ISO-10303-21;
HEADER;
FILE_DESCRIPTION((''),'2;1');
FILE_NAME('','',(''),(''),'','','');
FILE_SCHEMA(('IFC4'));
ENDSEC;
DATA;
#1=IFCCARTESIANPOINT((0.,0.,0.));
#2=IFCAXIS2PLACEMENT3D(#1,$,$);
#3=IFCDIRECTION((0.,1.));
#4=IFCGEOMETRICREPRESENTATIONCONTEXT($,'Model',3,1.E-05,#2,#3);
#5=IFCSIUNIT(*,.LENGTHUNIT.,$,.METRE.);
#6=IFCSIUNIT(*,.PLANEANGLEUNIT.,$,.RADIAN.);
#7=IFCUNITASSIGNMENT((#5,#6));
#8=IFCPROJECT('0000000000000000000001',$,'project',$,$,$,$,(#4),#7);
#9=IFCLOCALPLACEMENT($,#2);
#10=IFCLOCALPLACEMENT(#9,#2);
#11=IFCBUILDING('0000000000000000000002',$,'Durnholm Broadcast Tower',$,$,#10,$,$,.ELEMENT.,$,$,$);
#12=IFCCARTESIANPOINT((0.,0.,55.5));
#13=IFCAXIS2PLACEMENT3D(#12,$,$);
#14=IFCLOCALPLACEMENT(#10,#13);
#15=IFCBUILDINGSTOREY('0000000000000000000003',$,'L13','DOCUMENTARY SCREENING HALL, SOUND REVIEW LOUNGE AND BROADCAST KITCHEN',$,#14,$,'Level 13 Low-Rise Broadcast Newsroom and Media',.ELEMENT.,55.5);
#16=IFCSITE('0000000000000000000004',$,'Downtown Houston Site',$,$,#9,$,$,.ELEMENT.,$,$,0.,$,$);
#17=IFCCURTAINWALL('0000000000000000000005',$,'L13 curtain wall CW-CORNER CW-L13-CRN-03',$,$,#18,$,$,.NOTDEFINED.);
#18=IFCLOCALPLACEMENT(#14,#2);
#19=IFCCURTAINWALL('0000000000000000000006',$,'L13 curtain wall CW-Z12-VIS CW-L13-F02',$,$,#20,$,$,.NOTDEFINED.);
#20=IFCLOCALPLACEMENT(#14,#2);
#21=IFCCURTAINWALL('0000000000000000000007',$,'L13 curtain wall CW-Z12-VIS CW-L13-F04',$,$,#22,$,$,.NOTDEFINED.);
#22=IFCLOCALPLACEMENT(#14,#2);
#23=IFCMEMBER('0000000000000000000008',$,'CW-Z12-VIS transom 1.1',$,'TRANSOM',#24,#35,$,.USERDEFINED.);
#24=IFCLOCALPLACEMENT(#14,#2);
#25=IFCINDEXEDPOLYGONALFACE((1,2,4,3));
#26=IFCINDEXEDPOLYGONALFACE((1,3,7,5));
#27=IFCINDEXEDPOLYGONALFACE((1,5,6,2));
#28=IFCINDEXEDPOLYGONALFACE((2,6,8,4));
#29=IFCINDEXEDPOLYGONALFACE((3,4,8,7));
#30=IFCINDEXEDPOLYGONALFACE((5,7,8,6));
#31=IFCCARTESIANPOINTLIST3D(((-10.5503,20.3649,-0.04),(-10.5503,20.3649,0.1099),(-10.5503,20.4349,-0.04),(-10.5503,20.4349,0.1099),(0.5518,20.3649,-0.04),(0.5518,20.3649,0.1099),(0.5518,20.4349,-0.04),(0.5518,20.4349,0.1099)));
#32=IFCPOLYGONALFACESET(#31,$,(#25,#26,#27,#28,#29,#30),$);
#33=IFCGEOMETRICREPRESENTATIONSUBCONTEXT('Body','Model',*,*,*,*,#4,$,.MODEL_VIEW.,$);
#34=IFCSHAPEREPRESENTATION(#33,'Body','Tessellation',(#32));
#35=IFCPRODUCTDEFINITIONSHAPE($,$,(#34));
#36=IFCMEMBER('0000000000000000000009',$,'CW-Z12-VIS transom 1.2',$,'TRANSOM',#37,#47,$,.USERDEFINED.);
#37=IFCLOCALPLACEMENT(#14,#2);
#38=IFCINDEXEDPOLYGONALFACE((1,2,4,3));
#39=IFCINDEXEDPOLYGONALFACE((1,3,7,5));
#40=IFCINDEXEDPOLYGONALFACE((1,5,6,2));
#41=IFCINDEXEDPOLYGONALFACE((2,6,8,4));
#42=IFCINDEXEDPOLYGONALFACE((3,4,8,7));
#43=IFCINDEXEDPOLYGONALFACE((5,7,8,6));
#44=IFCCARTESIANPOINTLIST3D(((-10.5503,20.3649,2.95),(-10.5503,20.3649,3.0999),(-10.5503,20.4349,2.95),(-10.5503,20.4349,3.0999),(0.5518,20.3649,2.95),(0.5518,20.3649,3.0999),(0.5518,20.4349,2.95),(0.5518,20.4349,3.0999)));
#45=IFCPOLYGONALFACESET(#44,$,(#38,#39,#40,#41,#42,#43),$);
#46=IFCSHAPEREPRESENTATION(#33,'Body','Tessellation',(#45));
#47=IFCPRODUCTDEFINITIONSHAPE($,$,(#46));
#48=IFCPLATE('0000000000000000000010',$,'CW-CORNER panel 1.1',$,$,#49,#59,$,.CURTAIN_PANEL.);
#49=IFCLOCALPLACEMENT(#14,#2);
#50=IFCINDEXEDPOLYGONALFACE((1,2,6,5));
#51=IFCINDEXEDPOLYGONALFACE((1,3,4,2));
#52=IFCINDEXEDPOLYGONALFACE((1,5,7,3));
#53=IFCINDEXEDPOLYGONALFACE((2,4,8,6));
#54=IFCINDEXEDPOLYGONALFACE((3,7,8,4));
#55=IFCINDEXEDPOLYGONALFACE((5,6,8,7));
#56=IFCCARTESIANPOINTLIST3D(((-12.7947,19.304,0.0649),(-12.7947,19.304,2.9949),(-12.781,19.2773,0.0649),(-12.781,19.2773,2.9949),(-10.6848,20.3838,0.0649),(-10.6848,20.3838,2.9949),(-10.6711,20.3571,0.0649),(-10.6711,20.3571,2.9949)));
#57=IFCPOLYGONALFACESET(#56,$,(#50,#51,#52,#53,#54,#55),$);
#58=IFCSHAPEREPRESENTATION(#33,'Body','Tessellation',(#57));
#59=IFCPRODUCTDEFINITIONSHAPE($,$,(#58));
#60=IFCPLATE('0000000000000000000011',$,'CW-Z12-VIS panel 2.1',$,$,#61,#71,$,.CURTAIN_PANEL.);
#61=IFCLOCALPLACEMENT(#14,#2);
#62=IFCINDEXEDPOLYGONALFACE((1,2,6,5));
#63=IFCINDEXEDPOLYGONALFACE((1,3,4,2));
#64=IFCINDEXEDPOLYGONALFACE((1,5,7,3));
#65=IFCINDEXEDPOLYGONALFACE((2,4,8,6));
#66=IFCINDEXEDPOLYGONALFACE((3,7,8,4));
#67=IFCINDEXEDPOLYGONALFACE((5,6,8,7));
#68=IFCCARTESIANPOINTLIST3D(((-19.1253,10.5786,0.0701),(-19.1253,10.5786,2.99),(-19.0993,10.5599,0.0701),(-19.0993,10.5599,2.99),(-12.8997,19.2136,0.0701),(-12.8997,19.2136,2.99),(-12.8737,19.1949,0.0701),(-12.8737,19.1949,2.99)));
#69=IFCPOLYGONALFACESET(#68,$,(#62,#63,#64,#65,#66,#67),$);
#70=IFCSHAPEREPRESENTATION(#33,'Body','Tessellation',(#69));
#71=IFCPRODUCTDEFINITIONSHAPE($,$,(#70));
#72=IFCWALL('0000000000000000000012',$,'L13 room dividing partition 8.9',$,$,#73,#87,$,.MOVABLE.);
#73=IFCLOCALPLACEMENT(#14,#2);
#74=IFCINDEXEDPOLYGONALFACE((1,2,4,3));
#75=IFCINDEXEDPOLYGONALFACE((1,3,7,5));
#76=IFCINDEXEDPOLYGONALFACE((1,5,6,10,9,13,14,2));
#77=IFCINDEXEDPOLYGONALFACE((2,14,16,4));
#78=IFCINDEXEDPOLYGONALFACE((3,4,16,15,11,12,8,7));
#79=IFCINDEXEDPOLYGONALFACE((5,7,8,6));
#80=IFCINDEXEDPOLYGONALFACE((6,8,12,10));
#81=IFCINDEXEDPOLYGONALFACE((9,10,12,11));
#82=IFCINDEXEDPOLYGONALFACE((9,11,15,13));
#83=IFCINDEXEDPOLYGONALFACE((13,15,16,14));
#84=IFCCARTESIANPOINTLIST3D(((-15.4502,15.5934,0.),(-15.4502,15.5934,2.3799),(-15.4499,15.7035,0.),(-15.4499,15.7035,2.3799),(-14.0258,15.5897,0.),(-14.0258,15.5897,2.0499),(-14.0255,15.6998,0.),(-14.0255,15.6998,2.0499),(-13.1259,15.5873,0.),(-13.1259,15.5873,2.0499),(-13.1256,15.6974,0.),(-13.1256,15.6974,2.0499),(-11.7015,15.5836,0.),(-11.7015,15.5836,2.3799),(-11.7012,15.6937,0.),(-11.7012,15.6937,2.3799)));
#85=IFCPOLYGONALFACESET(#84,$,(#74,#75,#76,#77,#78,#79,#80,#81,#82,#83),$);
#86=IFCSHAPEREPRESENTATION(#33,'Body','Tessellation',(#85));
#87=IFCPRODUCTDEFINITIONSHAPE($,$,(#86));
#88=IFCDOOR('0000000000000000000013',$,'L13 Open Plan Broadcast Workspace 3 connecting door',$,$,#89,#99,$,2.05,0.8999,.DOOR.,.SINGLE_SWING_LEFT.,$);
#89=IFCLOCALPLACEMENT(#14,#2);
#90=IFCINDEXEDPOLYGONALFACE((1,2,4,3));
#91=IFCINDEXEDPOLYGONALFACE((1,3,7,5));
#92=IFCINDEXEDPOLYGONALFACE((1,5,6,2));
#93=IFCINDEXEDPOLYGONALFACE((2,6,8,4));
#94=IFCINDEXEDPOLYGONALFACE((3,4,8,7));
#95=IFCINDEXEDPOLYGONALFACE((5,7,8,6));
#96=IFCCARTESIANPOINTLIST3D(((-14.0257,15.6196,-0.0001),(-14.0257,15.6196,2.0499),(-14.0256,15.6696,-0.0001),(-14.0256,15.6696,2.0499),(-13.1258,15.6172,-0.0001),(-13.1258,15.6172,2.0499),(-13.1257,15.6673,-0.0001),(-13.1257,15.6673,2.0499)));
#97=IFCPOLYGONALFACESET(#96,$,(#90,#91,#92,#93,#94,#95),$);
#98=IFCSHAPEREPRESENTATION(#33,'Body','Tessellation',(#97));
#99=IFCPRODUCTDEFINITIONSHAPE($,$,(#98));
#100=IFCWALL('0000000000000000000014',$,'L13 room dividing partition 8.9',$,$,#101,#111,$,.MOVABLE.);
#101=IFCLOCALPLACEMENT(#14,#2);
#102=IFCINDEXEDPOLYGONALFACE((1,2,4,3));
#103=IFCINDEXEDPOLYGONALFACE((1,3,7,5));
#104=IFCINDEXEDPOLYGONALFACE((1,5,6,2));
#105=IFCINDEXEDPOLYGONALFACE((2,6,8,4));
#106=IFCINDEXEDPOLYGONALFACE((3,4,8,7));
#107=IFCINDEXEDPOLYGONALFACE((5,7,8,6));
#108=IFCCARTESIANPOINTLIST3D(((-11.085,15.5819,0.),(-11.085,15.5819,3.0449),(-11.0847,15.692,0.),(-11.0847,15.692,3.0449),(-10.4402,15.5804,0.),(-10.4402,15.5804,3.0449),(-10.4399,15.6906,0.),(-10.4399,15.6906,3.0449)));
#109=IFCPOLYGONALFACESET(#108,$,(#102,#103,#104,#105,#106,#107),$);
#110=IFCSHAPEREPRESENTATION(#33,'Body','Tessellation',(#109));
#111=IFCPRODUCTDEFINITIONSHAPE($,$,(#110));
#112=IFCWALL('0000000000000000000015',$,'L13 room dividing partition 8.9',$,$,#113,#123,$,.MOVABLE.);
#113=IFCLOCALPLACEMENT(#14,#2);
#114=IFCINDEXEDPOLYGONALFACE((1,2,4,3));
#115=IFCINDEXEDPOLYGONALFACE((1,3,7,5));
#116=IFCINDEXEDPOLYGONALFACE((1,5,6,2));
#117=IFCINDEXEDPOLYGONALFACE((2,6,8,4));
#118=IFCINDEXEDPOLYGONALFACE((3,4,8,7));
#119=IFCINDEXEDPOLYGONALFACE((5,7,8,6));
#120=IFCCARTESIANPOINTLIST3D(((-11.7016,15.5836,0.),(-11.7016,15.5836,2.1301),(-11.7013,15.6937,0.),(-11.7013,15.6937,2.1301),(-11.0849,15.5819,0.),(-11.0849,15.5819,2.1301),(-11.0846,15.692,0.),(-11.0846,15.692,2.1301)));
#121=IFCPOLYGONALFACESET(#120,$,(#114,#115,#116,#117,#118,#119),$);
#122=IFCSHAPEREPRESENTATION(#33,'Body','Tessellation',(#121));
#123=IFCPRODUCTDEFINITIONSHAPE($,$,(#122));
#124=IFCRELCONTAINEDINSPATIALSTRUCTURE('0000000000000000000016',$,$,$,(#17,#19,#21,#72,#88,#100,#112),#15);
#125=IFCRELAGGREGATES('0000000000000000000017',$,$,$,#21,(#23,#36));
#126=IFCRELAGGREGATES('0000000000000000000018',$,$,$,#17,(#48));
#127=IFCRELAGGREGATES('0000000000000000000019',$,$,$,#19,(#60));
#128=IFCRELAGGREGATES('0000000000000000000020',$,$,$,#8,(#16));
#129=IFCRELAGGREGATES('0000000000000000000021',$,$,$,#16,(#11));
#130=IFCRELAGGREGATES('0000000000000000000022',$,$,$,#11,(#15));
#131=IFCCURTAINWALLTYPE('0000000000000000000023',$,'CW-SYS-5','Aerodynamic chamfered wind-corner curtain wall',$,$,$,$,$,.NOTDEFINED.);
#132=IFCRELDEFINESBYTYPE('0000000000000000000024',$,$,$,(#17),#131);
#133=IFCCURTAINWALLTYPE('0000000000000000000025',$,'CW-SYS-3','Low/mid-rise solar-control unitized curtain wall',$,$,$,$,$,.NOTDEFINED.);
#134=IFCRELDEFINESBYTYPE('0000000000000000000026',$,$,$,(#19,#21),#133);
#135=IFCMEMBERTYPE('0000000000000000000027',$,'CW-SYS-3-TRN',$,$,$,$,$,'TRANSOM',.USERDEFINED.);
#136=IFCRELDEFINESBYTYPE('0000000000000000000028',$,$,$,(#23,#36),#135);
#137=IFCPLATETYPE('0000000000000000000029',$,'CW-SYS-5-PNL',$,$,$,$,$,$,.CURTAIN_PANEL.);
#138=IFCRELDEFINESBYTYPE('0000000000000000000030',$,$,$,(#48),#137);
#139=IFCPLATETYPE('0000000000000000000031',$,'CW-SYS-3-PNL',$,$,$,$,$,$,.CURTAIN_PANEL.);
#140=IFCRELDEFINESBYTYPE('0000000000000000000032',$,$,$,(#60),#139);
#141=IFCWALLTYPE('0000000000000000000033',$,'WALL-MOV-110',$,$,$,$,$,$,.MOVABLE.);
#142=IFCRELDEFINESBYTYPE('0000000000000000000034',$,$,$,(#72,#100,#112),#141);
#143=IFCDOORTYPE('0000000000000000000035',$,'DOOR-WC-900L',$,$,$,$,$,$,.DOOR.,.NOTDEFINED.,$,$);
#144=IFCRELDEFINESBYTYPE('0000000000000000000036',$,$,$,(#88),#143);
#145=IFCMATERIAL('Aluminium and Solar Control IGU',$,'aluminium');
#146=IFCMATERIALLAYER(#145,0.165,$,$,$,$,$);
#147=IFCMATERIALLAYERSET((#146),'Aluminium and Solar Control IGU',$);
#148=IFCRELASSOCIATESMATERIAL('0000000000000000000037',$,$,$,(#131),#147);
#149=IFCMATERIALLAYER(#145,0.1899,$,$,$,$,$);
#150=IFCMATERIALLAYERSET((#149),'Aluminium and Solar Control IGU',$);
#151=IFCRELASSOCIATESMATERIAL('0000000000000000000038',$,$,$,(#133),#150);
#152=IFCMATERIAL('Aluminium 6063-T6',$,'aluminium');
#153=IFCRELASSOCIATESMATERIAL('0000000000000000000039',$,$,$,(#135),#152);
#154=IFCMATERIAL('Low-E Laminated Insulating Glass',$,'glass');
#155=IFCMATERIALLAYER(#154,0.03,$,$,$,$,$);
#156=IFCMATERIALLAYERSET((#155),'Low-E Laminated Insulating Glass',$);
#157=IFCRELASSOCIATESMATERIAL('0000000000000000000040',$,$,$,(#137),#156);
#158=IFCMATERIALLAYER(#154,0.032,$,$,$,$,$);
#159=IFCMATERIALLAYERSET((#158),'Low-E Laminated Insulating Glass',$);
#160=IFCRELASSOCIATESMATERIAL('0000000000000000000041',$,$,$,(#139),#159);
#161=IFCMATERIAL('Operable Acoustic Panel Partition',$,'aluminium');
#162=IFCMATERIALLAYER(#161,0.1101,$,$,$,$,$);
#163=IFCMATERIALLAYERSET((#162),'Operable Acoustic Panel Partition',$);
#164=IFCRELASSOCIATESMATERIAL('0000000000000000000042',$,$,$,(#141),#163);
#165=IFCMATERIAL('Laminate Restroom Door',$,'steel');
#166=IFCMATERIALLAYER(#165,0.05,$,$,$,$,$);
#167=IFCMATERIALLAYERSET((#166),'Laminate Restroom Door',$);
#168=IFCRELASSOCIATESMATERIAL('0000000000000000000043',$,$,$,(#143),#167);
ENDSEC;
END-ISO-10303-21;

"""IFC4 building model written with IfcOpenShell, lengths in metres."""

from ifc_helpers import new_model, si_unit, direction, frame, frame_2d, origin, origin_2d, place, context, subcontext, project, spatial, rectangle, extrude, source, transform, mapped, material, layer, layer_set, material_profile, profile_set, type_object, type_shapes, element, fill, aggregate, save


model = new_model("IFC4")

# Units and contexts
model_context = context("Model", 3, precision=1e-05, world=origin(), true_north=direction((0.0, 1.0)))
body_context = subcontext(model_context, "Body", "Model", "MODEL_VIEW")
ifc_project = project(units=[si_unit("LENGTHUNIT", "METRE"), si_unit("PLANEANGLEUNIT", "RADIAN")], contexts=[model_context])

# Site, building, storey
site_placement = place(None, origin())
site = spatial("IfcSite", under=ifc_project, at=site_placement, Name="Downtown Houston Site", CompositionType="ELEMENT", RefElevation=0.0)
building_placement = place(site_placement, origin())
building = spatial("IfcBuilding", under=site, at=building_placement, Name="Durnholm Broadcast Tower", CompositionType="ELEMENT")
storey_placement = place(building_placement, frame((0.0, 0.0, 55.5)))
storey = spatial("IfcBuildingStorey", under=building, at=storey_placement, Name="L13", Description="DOCUMENTARY SCREENING HALL, SOUND REVIEW LOUNGE AND BROADCAST KITCHEN", LongName="Level 13 Low-Rise Broadcast Newsroom and Media", CompositionType="ELEMENT", Elevation=55.5)

# Curtain wall
ifc_material_1 = material(Name="Aluminium and Solar Control IGU", Category="aluminium")
ifc_layer_1 = layer(ifc_material_1, 0.165)
ifc_layer_set_1 = layer_set([ifc_layer_1], Name="Aluminium and Solar Control IGU")
curtain_wall_type_1 = type_object("IfcCurtainWallType", Name="CW-SYS-5", Description="Aerodynamic chamfered wind-corner curtain wall", PredefinedType="NOTDEFINED", material=ifc_layer_set_1)
curtain_wall_1_placement = place(storey_placement, origin())
curtain_wall_1 = element("IfcCurtainWall", 1, at=curtain_wall_1_placement, inside=storey, type_object=curtain_wall_type_1, Name="L13 curtain wall CW-CORNER CW-L13-CRN-03", PredefinedType="NOTDEFINED")
ifc_material_2 = material(Name="Aluminium 6063-T6", Category="aluminium")

# Curtain wall
ifc_layer_2 = layer(ifc_material_1, 0.1899)
ifc_layer_set_2 = layer_set([ifc_layer_2], Name="Aluminium and Solar Control IGU")
curtain_wall_type_2 = type_object("IfcCurtainWallType", Name="CW-SYS-3", Description="Low/mid-rise solar-control unitized curtain wall", PredefinedType="NOTDEFINED", material=ifc_layer_set_2)
curtain_wall_2_placement = place(storey_placement, origin())
curtain_wall_2 = element("IfcCurtainWall", 2, at=curtain_wall_2_placement, inside=storey, type_object=curtain_wall_type_2, Name="L13 curtain wall CW-Z12-VIS CW-L13-F02", PredefinedType="NOTDEFINED")

# Curtain wall, members
curtain_wall_3_placement = place(storey_placement, origin())
curtain_wall_3 = element("IfcCurtainWall", 3, at=curtain_wall_3_placement, inside=storey, type_object=curtain_wall_type_2, Name="L13 curtain wall CW-Z12-VIS CW-L13-F04", PredefinedType="NOTDEFINED")
ifc_material_profile_1 = material_profile(ifc_material_2, rectangle(XDim=0.0701, YDim=0.1499, at=origin_2d()), Name="CWT70X150")
ifc_profile_set_1 = profile_set([ifc_material_profile_1], Name="Aluminium 6063-T6")
member_type_1 = type_object("IfcMemberType", Name="CW-SYS-3-TRN", ElementType="TRANSOM", PredefinedType="USERDEFINED", material=ifc_profile_set_1)
shared_shape_1 = source(origin(), body_context, "Body", "SweptSolid", [
    extrude(rectangle(XDim=0.0701, YDim=0.1499, at=origin_2d()), origin(), (0.0, 0.0, 1.0), 11.1021),
])
type_shapes(member_type_1, [shared_shape_1])
member_1_placement = place(storey_placement, frame((-10.5503, 20.3999, 0.0349), z_axis=(1.0, 0.0, 0.0), x_axis=(0.0, 1.0, 0.0)))
member_1 = element("IfcMember", 4, at=member_1_placement, type_object=member_type_1, Name="CW-Z12-VIS transom 1.1", ObjectType="TRANSOM", PredefinedType="USERDEFINED", context=body_context, shape_type="MappedRepresentation", body=[
    mapped(shared_shape_1, transform((0.0, 0.0, 0.0), x_axis=(1.0, 0.0, 0.0), y_axis=(0.0, 1.0, 0.0), z_axis=(0.0, 0.0, 1.0), scale=1.0)),
])
member_2_placement = place(storey_placement, frame((-10.5503, 20.3999, 3.0249), z_axis=(1.0, 0.0, 0.0), x_axis=(0.0, 1.0, 0.0)))
member_2 = element("IfcMember", 5, at=member_2_placement, type_object=member_type_1, Name="CW-Z12-VIS transom 1.2", ObjectType="TRANSOM", PredefinedType="USERDEFINED", context=body_context, shape_type="MappedRepresentation", body=[
    mapped(shared_shape_1, transform((0.0, 0.0, 0.0), x_axis=(1.0, 0.0, 0.0), y_axis=(0.0, 1.0, 0.0), z_axis=(0.0, 0.0, 1.0), scale=1.0)),
])
aggregate(curtain_wall_3, [member_1, member_2])

# Plates
ifc_material_3 = material(Name="Low-E Laminated Insulating Glass", Category="glass")
ifc_layer_3 = layer(ifc_material_3, 0.03)
ifc_layer_set_3 = layer_set([ifc_layer_3], Name="Low-E Laminated Insulating Glass")
plate_type_1 = type_object("IfcPlateType", Name="CW-SYS-5-PNL", PredefinedType="CURTAIN_PANEL", material=ifc_layer_set_3)
shared_shape_2 = source(origin(), body_context, "Body", "SweptSolid", [
    extrude(rectangle(XDim=2.3701, YDim=0.03, at=origin_2d()), origin(), (0.0, 0.0, 1.0), 2.9299),
])
type_shapes(plate_type_1, [shared_shape_2])
plate_1_placement = place(storey_placement, frame((-11.7329, 19.8306, 0.0649), z_axis=(0.0, 0.0, 1.0), x_axis=(0.890188, 0.455594, 0.0)))
plate_1 = element("IfcPlate", 6, at=plate_1_placement, type_object=plate_type_1, Name="CW-CORNER panel 1.1", PredefinedType="CURTAIN_PANEL", context=body_context, shape_type="MappedRepresentation", body=[
    mapped(shared_shape_2, transform((0.0, 0.0, 0.0), x_axis=(1.0, 0.0, 0.0), y_axis=(0.0, 1.0, 0.0), z_axis=(0.0, 0.0, 1.0), scale=1.0)),
])
aggregate(curtain_wall_1, [plate_1])
ifc_layer_4 = layer(ifc_material_3, 0.032)
ifc_layer_set_4 = layer_set([ifc_layer_4], Name="Low-E Laminated Insulating Glass")
plate_type_2 = type_object("IfcPlateType", Name="CW-SYS-3-PNL", PredefinedType="CURTAIN_PANEL", material=ifc_layer_set_4)
shared_shape_3 = source(origin(), body_context, "Body", "SweptSolid", [
    extrude(rectangle(XDim=10.6453, YDim=0.032, at=origin_2d()), origin(), (0.0, 0.0, 1.0), 2.9199),
])
type_shapes(plate_type_2, [shared_shape_3])
plate_2_placement = place(storey_placement, frame((-15.9995, 14.8867, 0.0701), z_axis=(0.0, 0.0, 1.0), x_axis=(0.584823, 0.811161, 0.0)))
plate_2 = element("IfcPlate", 7, at=plate_2_placement, type_object=plate_type_2, Name="CW-Z12-VIS panel 2.1", PredefinedType="CURTAIN_PANEL", context=body_context, shape_type="MappedRepresentation", body=[
    mapped(shared_shape_3, transform((0.0, 0.0, 0.0), x_axis=(1.0, 0.0, 0.0), y_axis=(0.0, 1.0, 0.0), z_axis=(0.0, 0.0, 1.0), scale=1.0)),
])
aggregate(curtain_wall_2, [plate_2])

# Wall, opening, door
ifc_material_4 = material(Name="Operable Acoustic Panel Partition", Category="aluminium")
ifc_layer_5 = layer(ifc_material_4, 0.1101)
ifc_layer_set_5 = layer_set([ifc_layer_5], Name="Operable Acoustic Panel Partition")
wall_type = type_object("IfcWallType", Name="WALL-MOV-110", PredefinedType="MOVABLE", material=ifc_layer_set_5)
wall_1_placement = place(storey_placement, frame((-15.4502, 15.6484, 0.0), z_axis=(0.0, 0.0, 1.0), x_axis=(0.999997, -0.002605, 0.0)))
wall_1 = element("IfcWall", 8, at=wall_1_placement, inside=storey, type_object=wall_type, Name="L13 room dividing partition 8.9", PredefinedType="MOVABLE", context=body_context, shape_type="SweptSolid", body=[
    extrude(rectangle(XDim=3.7488, YDim=0.1101, at=frame_2d((1.8745, 0.0))), origin(), (0.0, 0.0, 1.0), 2.3799),
])
opening_placement = place(wall_1_placement, frame((1.4246, 0.0, 0.0)))
opening = element("IfcOpeningElement", 9, at=opening_placement, cuts=wall_1, PredefinedType="OPENING", context=body_context, shape_type="SweptSolid", body=[
    extrude(rectangle(XDim=0.8999, YDim=2.05, at=frame_2d((0.45, 1.0249))), frame((0.0, 0.0649, 0.0), z_axis=(0.0, -1.0, 0.0), x_axis=(1.0, 0.0, 0.0)), (0.0, 0.0, 1.0), 0.1301),
])
ifc_material_5 = material(Name="Laminate Restroom Door", Category="steel")
ifc_layer_6 = layer(ifc_material_5, 0.05)
ifc_layer_set_6 = layer_set([ifc_layer_6], Name="Laminate Restroom Door")
door_type = type_object("IfcDoorType", Name="DOOR-WC-900L", OperationType="NOTDEFINED", PredefinedType="DOOR", material=ifc_layer_set_6)
shared_shape_4 = source(origin(), body_context, "Body", "SweptSolid", [
    extrude(rectangle(XDim=0.8999, YDim=2.05, at=frame_2d((0.45, 1.0249))), frame((0.0, 0.0249, 0.0), z_axis=(0.0, -1.0, 0.0), x_axis=(1.0, 0.0, 0.0)), (0.0, 0.0, 1.0), 0.05),
])
type_shapes(door_type, [shared_shape_4])
door_placement = place(opening_placement, origin())
door = element("IfcDoor", 10, at=door_placement, inside=storey, type_object=door_type, Name="L13 Open Plan Broadcast Workspace 3 connecting door", OperationType="SINGLE_SWING_LEFT", OverallHeight=2.05, OverallWidth=0.8999, PredefinedType="DOOR", context=body_context, shape_type="MappedRepresentation", body=[
    mapped(shared_shape_4, transform((0.0, 0.0, 0.0), x_axis=(1.0, 0.0, 0.0), y_axis=(0.0, 1.0, 0.0), z_axis=(0.0, 0.0, 1.0), scale=1.0)),
])
fill(opening, door)

# Walls
wall_2_placement = place(storey_placement, frame((-11.0847, 15.637, 0.0), z_axis=(0.0, 0.0, 1.0), x_axis=(0.999997, -0.002272, 0.0)))
element("IfcWall", 11, at=wall_2_placement, inside=storey, type_object=wall_type, Name="L13 room dividing partition 8.9", PredefinedType="MOVABLE", context=body_context, shape_type="SweptSolid", body=[
    extrude(rectangle(XDim=0.6448, YDim=0.1101, at=frame_2d((0.3223, 0.0))), origin(), (0.0, 0.0, 1.0), 3.0449),
])
wall_3_placement = place(storey_placement, frame((-11.7014, 15.6387, 0.0), z_axis=(0.0, 0.0, 1.0), x_axis=(0.999996, -0.002771, 0.0)))
element("IfcWall", 12, at=wall_3_placement, inside=storey, type_object=wall_type, Name="L13 room dividing partition 8.9", PredefinedType="MOVABLE", context=body_context, shape_type="SweptSolid", body=[
    extrude(rectangle(XDim=0.6167, YDim=0.1101, at=frame_2d((0.3083, 0.0))), origin(), (0.0, 0.0, 1.0), 2.1301),
])

save(model, "model.ifc")
